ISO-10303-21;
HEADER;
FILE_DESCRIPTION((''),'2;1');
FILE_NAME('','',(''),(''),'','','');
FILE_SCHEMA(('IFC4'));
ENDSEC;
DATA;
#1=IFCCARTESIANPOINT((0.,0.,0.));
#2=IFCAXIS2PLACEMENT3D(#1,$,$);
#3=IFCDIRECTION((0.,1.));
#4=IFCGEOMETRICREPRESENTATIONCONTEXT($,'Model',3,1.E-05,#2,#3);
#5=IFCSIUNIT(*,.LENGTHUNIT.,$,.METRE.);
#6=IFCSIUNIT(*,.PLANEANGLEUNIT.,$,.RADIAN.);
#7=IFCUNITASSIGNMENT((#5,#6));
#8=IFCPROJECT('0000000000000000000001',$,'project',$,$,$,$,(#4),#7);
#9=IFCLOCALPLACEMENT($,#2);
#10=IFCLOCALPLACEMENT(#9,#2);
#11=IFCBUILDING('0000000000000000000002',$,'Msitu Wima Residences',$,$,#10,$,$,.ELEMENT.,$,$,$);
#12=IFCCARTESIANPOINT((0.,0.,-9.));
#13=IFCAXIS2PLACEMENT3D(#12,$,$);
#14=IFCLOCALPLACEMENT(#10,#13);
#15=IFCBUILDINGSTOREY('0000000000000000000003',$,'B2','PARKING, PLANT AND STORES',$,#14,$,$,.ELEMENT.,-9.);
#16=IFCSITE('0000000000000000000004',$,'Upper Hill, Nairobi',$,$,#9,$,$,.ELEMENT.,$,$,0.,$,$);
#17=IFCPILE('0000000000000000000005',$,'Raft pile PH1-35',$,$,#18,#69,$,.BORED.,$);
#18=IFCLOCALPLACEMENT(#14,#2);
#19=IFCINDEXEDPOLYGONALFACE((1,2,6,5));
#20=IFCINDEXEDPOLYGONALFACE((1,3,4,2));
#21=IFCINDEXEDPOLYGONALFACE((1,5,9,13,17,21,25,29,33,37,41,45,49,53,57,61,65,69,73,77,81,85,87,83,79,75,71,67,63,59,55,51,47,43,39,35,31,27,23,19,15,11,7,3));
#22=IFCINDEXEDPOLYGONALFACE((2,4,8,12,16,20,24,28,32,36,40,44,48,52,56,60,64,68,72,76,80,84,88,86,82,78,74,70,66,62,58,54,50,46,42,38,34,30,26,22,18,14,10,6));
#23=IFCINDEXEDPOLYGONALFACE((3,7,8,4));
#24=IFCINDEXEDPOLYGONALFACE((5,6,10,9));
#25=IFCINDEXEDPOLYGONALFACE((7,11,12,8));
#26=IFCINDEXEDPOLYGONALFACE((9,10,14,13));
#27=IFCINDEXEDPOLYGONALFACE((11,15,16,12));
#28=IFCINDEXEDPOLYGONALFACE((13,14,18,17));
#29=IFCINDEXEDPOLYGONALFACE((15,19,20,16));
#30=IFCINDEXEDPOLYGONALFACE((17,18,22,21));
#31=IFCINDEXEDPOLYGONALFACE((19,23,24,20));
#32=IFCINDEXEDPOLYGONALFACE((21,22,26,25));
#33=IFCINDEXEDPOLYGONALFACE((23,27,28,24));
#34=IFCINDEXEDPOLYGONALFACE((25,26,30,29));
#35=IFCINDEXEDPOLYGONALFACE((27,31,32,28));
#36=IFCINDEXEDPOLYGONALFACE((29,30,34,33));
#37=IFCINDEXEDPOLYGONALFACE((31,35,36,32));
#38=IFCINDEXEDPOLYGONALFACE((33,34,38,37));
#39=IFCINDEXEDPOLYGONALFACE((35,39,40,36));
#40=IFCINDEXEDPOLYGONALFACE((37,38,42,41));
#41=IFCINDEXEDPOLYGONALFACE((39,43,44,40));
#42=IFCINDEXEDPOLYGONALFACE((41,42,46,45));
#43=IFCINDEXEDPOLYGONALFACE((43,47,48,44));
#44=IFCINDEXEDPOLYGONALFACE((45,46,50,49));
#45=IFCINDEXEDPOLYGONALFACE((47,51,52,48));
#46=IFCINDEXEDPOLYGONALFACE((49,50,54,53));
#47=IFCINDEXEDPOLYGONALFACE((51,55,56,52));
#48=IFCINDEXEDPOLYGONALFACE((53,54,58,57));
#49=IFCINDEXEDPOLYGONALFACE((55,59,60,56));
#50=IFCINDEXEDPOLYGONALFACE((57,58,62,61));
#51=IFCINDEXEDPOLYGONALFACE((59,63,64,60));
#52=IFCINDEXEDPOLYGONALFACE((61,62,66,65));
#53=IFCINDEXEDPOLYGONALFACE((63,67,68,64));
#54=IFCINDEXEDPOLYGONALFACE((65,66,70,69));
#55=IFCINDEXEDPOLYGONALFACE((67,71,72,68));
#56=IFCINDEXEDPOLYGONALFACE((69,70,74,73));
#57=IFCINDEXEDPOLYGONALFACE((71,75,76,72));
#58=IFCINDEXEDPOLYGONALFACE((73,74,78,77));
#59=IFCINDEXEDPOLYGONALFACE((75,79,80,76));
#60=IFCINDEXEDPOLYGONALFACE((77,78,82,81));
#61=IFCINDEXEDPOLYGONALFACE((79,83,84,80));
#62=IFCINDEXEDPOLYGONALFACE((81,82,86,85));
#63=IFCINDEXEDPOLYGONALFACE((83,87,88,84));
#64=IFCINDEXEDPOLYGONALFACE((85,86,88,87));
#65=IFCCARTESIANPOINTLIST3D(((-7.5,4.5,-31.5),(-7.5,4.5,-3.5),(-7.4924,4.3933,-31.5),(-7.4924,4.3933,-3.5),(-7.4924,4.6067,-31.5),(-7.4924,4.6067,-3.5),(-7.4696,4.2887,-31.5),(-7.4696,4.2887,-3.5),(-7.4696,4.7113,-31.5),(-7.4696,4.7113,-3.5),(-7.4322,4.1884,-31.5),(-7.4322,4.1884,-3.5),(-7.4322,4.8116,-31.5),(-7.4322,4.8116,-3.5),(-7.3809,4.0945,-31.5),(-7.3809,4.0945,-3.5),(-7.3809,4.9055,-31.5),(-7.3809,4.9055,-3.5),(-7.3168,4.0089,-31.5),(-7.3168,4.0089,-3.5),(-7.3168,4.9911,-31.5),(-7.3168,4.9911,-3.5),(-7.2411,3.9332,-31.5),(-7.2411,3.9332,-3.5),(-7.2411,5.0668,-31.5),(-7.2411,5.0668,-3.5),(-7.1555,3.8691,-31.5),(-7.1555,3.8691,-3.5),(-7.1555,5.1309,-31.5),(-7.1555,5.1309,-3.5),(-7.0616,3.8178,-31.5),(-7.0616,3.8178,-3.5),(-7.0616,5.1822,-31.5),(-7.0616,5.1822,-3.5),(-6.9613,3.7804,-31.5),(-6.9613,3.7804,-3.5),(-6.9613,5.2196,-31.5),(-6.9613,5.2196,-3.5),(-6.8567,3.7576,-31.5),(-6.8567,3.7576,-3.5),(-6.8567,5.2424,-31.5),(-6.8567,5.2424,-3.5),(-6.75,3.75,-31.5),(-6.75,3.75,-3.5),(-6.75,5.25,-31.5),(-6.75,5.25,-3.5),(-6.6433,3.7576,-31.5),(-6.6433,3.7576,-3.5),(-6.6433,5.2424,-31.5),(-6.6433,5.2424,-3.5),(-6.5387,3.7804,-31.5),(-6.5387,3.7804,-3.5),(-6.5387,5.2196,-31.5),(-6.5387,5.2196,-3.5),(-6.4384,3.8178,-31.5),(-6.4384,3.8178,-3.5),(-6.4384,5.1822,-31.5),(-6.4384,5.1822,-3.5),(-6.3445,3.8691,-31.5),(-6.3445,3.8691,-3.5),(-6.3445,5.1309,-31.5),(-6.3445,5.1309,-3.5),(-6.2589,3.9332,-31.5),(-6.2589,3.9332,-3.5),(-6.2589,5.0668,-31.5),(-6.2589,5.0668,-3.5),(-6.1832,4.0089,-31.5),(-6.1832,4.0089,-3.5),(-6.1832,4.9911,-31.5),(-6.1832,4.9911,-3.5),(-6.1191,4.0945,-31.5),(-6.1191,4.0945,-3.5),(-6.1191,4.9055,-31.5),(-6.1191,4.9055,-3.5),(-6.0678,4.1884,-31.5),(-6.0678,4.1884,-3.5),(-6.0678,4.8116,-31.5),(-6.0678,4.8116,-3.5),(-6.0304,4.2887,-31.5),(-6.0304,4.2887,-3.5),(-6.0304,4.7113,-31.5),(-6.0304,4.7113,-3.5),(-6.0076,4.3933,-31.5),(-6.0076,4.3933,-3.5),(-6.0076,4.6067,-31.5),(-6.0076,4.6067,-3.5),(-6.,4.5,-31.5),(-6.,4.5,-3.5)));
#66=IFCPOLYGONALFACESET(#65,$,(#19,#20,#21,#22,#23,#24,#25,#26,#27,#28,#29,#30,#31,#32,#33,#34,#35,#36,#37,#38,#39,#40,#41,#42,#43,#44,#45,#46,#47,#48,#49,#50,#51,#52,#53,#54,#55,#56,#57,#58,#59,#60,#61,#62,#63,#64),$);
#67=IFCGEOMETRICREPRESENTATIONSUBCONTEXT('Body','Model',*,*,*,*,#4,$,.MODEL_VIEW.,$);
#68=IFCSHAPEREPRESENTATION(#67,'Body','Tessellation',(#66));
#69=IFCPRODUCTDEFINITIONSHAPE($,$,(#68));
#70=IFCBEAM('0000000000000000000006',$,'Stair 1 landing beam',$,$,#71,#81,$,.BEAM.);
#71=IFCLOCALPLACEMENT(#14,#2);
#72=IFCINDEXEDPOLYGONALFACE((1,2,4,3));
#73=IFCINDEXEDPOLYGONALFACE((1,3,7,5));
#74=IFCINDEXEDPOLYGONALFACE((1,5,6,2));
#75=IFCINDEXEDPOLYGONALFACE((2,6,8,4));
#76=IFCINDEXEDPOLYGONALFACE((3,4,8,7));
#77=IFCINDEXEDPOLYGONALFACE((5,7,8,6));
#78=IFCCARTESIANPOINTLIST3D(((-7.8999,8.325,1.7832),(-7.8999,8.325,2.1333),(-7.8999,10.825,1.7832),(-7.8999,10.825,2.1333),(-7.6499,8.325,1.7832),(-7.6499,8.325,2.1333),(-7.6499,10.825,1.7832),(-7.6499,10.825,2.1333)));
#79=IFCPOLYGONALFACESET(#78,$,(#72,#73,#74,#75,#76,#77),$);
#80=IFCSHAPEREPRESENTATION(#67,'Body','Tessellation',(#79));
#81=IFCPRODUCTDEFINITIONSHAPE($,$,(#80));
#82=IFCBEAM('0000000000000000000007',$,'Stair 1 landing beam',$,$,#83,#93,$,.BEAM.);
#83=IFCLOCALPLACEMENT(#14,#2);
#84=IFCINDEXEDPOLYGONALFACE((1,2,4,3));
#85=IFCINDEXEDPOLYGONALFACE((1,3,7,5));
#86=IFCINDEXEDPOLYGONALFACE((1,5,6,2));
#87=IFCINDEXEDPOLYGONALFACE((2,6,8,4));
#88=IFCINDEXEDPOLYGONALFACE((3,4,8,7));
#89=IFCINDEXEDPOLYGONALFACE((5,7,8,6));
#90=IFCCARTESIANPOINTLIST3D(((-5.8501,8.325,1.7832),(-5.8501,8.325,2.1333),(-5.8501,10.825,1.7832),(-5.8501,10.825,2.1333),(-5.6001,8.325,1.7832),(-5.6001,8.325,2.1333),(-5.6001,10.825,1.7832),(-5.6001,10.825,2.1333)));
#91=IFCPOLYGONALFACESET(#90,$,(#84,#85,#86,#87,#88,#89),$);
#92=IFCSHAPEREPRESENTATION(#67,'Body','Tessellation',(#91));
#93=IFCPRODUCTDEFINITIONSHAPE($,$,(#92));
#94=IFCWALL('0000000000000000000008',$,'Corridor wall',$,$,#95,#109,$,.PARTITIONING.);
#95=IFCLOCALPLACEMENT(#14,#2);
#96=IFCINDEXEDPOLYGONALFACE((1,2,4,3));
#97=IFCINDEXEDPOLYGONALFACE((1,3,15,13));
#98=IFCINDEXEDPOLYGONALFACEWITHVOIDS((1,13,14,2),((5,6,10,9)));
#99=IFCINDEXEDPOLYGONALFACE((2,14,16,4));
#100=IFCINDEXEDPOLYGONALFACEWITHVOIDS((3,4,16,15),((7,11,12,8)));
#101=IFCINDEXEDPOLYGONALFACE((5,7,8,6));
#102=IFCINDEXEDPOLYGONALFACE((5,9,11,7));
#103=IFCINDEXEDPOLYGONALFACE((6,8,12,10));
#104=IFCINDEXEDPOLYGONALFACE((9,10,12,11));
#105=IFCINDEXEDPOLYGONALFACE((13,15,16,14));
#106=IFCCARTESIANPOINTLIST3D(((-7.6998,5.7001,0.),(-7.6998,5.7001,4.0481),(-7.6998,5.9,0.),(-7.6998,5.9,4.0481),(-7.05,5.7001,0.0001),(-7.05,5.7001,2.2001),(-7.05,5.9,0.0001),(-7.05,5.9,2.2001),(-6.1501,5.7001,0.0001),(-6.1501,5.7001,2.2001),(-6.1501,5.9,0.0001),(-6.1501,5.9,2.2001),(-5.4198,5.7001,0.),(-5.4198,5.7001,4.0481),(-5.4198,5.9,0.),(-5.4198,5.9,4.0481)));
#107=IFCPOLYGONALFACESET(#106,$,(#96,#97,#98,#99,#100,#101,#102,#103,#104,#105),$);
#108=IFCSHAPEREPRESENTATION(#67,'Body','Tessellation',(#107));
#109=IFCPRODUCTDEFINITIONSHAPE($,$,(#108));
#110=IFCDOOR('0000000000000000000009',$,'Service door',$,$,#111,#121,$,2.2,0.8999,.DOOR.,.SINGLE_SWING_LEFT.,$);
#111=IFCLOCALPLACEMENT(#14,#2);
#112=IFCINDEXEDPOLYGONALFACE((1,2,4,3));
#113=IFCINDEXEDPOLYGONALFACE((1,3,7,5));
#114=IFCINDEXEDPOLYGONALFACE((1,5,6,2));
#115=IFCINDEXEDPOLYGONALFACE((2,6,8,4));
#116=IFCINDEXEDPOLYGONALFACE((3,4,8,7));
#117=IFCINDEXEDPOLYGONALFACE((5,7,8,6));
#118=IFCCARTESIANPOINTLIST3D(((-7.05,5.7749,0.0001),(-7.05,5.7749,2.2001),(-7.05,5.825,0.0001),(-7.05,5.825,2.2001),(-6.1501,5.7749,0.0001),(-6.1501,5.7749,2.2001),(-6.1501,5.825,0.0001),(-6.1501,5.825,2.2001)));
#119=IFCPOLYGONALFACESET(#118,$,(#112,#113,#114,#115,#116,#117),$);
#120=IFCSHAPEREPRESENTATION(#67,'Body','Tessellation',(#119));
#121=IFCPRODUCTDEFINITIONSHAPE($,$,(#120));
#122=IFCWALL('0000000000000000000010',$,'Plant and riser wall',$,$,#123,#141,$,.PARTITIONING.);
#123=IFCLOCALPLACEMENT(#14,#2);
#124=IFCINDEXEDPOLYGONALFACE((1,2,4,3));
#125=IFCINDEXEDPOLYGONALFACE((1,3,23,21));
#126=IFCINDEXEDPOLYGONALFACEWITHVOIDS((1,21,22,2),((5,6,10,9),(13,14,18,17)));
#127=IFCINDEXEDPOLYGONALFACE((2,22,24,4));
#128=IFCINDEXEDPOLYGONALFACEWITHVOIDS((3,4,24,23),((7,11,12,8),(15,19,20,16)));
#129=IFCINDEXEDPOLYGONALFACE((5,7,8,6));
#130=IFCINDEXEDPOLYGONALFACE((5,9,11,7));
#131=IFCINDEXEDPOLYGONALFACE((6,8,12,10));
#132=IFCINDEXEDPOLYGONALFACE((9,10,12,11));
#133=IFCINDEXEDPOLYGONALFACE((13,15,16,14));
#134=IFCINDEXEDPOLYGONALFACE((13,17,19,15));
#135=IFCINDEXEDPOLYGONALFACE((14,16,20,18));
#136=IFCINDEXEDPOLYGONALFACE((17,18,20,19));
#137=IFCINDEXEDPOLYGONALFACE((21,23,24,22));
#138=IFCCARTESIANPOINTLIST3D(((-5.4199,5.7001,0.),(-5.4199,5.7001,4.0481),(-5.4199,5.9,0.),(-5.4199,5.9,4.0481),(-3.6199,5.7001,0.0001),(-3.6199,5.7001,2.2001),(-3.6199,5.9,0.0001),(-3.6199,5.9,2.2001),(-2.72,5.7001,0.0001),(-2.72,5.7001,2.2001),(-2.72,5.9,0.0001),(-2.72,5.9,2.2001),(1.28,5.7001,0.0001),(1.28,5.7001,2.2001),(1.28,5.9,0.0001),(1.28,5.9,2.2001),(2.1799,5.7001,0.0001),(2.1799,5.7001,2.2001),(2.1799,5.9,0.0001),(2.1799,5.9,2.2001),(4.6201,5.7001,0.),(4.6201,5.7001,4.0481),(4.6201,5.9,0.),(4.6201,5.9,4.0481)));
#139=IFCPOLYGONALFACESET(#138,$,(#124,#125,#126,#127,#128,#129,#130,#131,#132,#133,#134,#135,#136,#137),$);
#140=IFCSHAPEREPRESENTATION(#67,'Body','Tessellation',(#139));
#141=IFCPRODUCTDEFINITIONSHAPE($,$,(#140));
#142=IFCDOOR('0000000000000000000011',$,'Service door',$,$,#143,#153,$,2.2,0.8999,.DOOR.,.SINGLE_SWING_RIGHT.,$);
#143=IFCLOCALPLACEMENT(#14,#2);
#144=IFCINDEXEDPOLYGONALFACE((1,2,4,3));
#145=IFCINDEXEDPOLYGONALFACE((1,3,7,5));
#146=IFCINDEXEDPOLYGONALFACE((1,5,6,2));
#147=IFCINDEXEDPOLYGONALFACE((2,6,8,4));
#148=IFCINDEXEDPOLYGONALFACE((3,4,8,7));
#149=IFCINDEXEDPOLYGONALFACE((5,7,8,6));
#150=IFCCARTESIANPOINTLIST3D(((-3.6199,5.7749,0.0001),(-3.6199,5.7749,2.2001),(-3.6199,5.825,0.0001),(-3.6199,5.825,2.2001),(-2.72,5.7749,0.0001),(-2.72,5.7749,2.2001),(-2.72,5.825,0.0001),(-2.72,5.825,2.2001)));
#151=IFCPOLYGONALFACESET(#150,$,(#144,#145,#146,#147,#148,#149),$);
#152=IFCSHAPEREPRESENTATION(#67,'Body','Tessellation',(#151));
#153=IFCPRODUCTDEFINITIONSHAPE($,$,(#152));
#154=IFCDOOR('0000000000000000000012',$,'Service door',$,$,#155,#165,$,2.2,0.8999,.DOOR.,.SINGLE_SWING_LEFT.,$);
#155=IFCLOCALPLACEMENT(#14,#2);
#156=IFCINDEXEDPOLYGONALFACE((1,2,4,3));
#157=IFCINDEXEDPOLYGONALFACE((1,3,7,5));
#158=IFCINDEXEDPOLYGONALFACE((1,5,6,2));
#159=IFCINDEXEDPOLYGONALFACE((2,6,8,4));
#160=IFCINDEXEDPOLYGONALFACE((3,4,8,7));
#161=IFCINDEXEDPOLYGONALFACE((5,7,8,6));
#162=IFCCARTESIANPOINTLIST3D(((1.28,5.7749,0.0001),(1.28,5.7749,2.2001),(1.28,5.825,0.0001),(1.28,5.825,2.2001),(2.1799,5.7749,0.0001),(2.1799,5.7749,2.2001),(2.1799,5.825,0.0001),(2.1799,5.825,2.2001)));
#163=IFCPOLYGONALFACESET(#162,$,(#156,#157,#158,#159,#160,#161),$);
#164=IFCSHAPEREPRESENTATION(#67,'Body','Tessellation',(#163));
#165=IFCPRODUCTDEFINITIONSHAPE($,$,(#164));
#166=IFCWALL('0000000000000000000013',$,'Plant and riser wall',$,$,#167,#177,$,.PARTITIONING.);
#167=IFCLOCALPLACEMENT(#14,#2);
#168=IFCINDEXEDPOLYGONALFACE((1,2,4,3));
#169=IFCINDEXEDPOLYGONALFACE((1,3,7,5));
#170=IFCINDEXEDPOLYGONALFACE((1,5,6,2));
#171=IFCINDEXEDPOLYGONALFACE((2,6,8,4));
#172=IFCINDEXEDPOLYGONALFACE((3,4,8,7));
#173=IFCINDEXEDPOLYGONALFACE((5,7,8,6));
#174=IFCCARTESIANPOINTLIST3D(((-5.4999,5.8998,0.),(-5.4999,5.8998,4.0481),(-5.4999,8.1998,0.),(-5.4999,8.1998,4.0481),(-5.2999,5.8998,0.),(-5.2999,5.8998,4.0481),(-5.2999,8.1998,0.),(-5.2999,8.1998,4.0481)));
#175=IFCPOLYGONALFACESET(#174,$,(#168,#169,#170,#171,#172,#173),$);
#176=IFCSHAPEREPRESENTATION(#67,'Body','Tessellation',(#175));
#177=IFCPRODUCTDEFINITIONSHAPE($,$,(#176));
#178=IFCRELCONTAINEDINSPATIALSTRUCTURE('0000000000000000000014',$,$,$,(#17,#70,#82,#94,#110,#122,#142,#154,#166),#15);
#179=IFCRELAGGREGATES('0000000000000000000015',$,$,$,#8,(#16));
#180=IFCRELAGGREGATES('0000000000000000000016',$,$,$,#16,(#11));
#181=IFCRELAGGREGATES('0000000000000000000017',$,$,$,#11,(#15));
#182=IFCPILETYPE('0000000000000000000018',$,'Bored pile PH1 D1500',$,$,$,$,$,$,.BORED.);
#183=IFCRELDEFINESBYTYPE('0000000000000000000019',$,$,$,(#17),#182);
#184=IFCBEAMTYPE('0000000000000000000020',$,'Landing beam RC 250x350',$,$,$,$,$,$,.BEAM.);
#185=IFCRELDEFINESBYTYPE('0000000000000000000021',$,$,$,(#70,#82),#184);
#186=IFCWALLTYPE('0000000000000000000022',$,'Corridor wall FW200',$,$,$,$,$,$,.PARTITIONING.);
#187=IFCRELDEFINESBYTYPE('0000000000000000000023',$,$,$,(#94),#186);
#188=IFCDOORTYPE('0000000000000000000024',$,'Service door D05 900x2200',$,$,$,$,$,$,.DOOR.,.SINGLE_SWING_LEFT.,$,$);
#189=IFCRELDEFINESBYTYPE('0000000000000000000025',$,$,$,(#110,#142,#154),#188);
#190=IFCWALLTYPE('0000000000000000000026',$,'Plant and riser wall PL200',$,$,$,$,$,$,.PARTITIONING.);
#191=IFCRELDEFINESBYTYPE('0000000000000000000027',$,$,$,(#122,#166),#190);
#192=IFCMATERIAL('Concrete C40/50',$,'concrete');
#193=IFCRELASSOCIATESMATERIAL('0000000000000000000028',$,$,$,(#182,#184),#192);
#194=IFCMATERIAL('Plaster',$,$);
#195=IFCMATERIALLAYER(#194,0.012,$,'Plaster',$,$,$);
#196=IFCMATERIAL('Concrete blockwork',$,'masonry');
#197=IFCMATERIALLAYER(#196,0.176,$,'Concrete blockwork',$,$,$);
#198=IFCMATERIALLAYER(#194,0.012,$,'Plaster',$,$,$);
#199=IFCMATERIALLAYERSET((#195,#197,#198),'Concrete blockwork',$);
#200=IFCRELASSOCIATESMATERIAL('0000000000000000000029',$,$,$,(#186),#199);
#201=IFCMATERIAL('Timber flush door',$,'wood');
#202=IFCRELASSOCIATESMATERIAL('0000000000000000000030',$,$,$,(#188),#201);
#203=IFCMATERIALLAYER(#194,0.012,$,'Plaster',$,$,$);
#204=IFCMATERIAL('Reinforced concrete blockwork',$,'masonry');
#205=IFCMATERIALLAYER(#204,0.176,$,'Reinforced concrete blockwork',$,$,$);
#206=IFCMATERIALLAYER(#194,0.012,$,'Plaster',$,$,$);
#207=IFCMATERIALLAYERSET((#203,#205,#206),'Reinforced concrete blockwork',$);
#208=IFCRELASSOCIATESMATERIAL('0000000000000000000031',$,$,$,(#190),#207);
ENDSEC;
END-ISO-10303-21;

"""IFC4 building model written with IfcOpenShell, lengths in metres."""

from ifc_helpers import new_model, si_unit, direction, frame, frame_2d, origin, origin_2d, place, context, subcontext, project, spatial, rectangle, circle, extrude, material, layer, layer_set, material_profile, profile_set, type_object, element, fill, save


model = new_model("IFC4")

# Units and contexts
model_context = context("Model", 3, precision=1e-05, world=origin(), true_north=direction((0.0, 1.0)))
body_context = subcontext(model_context, "Body", "Model", "MODEL_VIEW")
ifc_project = project(units=[si_unit("LENGTHUNIT", "METRE"), si_unit("PLANEANGLEUNIT", "RADIAN")], contexts=[model_context])

# Site, building, storey
site_placement = place(None, origin())
site = spatial("IfcSite", under=ifc_project, at=site_placement, Name="Upper Hill, Nairobi", CompositionType="ELEMENT", RefElevation=0.0)
building_placement = place(site_placement, origin())
building = spatial("IfcBuilding", under=site, at=building_placement, Name="Msitu Wima Residences", CompositionType="ELEMENT")
storey_placement = place(building_placement, frame((0.0, 0.0, -9.0)))
storey = spatial("IfcBuildingStorey", under=building, at=storey_placement, Name="B2", Description="PARKING, PLANT AND STORES", CompositionType="ELEMENT", Elevation=-9.0)

# Pile
ifc_material_1 = material(Name="Concrete C40/50", Category="concrete")
pile_type = type_object("IfcPileType", Name="Bored pile PH1 D1500", PredefinedType="BORED", material=ifc_material_1)
pile_placement = place(storey_placement, frame((-6.75, 4.5, -3.5), z_axis=(0.0, 0.0, -1.0), x_axis=(1.0, 0.0, 0.0)))
element("IfcPile", 1, at=pile_placement, inside=storey, type_object=pile_type, Name="Raft pile PH1-35", PredefinedType="BORED", context=body_context, shape_type="SweptSolid", body=[
    extrude(circle(Radius=0.75, at=origin_2d()), origin(), (0.0, 0.0, 1.0), 28.0),
])

# Beams
ifc_material_profile = material_profile(ifc_material_1, rectangle(XDim=0.25, YDim=0.3501, at=origin_2d()), Name="RC 250x350")
ifc_profile_set = profile_set([ifc_material_profile], Name="Concrete C40/50")
beam_type = type_object("IfcBeamType", Name="Landing beam RC 250x350", PredefinedType="BEAM", material=ifc_profile_set)
for number, where, z_axis, x_axis, name in (
    (2, (-7.7749, 8.325, 1.9583), (0.0, 1.0, 0.0), (-1.0, 0.0, 0.0), "Stair 1 landing beam"),
    (3, (-5.7251, 8.325, 1.9583), (0.0, 1.0, 0.0), (-1.0, 0.0, 0.0), "Stair 1 landing beam"),
):
    element("IfcBeam", number, at=place(storey_placement, frame(where, z_axis=z_axis, x_axis=x_axis)), inside=storey, type_object=beam_type, Name=name, PredefinedType="BEAM", context=body_context, shape_type="SweptSolid", body=[
        extrude(rectangle(XDim=0.25, YDim=0.3501, at=origin_2d()), origin(), (0.0, 0.0, 1.0), 2.5),
    ])

# Wall, opening, door
ifc_material_2 = material(Name="Plaster")
ifc_layer_1 = layer(ifc_material_2, 0.012, Name="Plaster")
ifc_material_3 = material(Name="Concrete blockwork", Category="masonry")
ifc_layer_2 = layer(ifc_material_3, 0.176, Name="Concrete blockwork")
ifc_layer_3 = layer(ifc_material_2, 0.012, Name="Plaster")
ifc_layer_set_1 = layer_set([ifc_layer_1, ifc_layer_2, ifc_layer_3], Name="Concrete blockwork")
wall_type_1 = type_object("IfcWallType", Name="Corridor wall FW200", PredefinedType="PARTITIONING", material=ifc_layer_set_1)
wall_1_placement = place(storey_placement, frame((-7.7, 5.8, 0.0), z_axis=(0.0, 0.0, 1.0), x_axis=(1.0, 0.0, 0.0)))
wall_1 = element("IfcWall", 4, at=wall_1_placement, inside=storey, type_object=wall_type_1, Name="Corridor wall", PredefinedType="PARTITIONING", context=body_context, shape_type="SweptSolid", body=[
    extrude(rectangle(XDim=2.28, YDim=0.2, at=frame_2d((1.1401, 0.0))), origin(), (0.0, 0.0, 1.0), 4.0481),
])
opening_1_placement = place(wall_1_placement, frame((0.6499, 0.0, 0.0)))
opening_1 = element("IfcOpeningElement", 5, at=opening_1_placement, cuts=wall_1, PredefinedType="OPENING", context=body_context, shape_type="SweptSolid", body=[
    extrude(rectangle(XDim=0.8999, YDim=2.2, at=frame_2d((0.45, 1.1001))), frame((0.0, 0.1099, 0.0), z_axis=(0.0, -1.0, 0.0), x_axis=(1.0, 0.0, 0.0)), (0.0, 0.0, 1.0), 0.22),
])
ifc_material_4 = material(Name="Timber flush door", Category="wood")
door_type_1 = type_object("IfcDoorType", Name="Service door D05 900x2200", OperationType="SINGLE_SWING_LEFT", PredefinedType="DOOR", material=ifc_material_4)
door_1_placement = place(opening_1_placement, origin())
door_1 = element("IfcDoor", 6, at=door_1_placement, inside=storey, type_object=door_type_1, Name="Service door", OperationType="SINGLE_SWING_LEFT", OverallHeight=2.2, OverallWidth=0.8999, PredefinedType="DOOR", context=body_context, shape_type="SweptSolid", body=[
    extrude(rectangle(XDim=0.8999, YDim=2.2, at=frame_2d((0.45, 1.1001))), frame((0.0, 0.0249, 0.0), z_axis=(0.0, -1.0, 0.0), x_axis=(1.0, 0.0, 0.0)), (0.0, 0.0, 1.0), 0.05),
])
fill(opening_1, door_1)

# Wall, openings, doors
ifc_layer_4 = layer(ifc_material_2, 0.012, Name="Plaster")
ifc_material_5 = material(Name="Reinforced concrete blockwork", Category="masonry")
ifc_layer_5 = layer(ifc_material_5, 0.176, Name="Reinforced concrete blockwork")
ifc_layer_6 = layer(ifc_material_2, 0.012, Name="Plaster")
ifc_layer_set_2 = layer_set([ifc_layer_4, ifc_layer_5, ifc_layer_6], Name="Reinforced concrete blockwork")
wall_type_2 = type_object("IfcWallType", Name="Plant and riser wall PL200", PredefinedType="PARTITIONING", material=ifc_layer_set_2)
wall_2_placement = place(storey_placement, frame((-5.4199, 5.8, 0.0), z_axis=(0.0, 0.0, 1.0), x_axis=(1.0, 0.0, 0.0)))
wall_2 = element("IfcWall", 7, at=wall_2_placement, inside=storey, type_object=wall_type_2, Name="Plant and riser wall", PredefinedType="PARTITIONING", context=body_context, shape_type="SweptSolid", body=[
    extrude(rectangle(XDim=10.04, YDim=0.2, at=frame_2d((5.02, 0.0))), origin(), (0.0, 0.0, 1.0), 4.0481),
])
opening_2_placement = place(wall_2_placement, frame((1.8, 0.0, 0.0)))
opening_2 = element("IfcOpeningElement", 8, at=opening_2_placement, cuts=wall_2, PredefinedType="OPENING", context=body_context, shape_type="SweptSolid", body=[
    extrude(rectangle(XDim=0.8999, YDim=2.2, at=frame_2d((0.45, 1.1001))), frame((0.0, 0.1099, 0.0), z_axis=(0.0, -1.0, 0.0), x_axis=(1.0, 0.0, 0.0)), (0.0, 0.0, 1.0), 0.22),
])
opening_3_placement = place(wall_2_placement, frame((6.7, 0.0, 0.0)))
opening_3 = element("IfcOpeningElement", 9, at=opening_3_placement, cuts=wall_2, PredefinedType="OPENING", context=body_context, shape_type="SweptSolid", body=[
    extrude(rectangle(XDim=0.8999, YDim=2.2, at=frame_2d((0.45, 1.1001))), frame((0.0, 0.1099, 0.0), z_axis=(0.0, -1.0, 0.0), x_axis=(1.0, 0.0, 0.0)), (0.0, 0.0, 1.0), 0.22),
])
door_2_placement = place(opening_2_placement, origin())
door_2 = element("IfcDoor", 10, at=door_2_placement, inside=storey, type_object=door_type_1, Name="Service door", OperationType="SINGLE_SWING_RIGHT", OverallHeight=2.2, OverallWidth=0.8999, PredefinedType="DOOR", context=body_context, shape_type="SweptSolid", body=[
    extrude(rectangle(XDim=0.8999, YDim=2.2, at=frame_2d((0.45, 1.1001))), frame((0.0, 0.0249, 0.0), z_axis=(0.0, -1.0, 0.0), x_axis=(1.0, 0.0, 0.0)), (0.0, 0.0, 1.0), 0.05),
])
fill(opening_2, door_2)
door_3_placement = place(opening_3_placement, origin())
door_3 = element("IfcDoor", 11, at=door_3_placement, inside=storey, type_object=door_type_1, Name="Service door", OperationType="SINGLE_SWING_LEFT", OverallHeight=2.2, OverallWidth=0.8999, PredefinedType="DOOR", context=body_context, shape_type="SweptSolid", body=[
    extrude(rectangle(XDim=0.8999, YDim=2.2, at=frame_2d((0.45, 1.1001))), frame((0.0, 0.0249, 0.0), z_axis=(0.0, -1.0, 0.0), x_axis=(1.0, 0.0, 0.0)), (0.0, 0.0, 1.0), 0.05),
])
fill(opening_3, door_3)

# Wall
wall_3_placement = place(storey_placement, frame((-5.3999, 5.8999, 0.0), z_axis=(0.0, 0.0, 1.0), x_axis=(0.0, 1.0, 0.0)))
element("IfcWall", 12, at=wall_3_placement, inside=storey, type_object=wall_type_2, Name="Plant and riser wall", PredefinedType="PARTITIONING", context=body_context, shape_type="SweptSolid", body=[
    extrude(rectangle(XDim=2.3, YDim=0.2, at=frame_2d((1.1499, 0.0))), origin(), (0.0, 0.0, 1.0), 4.0481),
])

save(model, "model.ifc")
